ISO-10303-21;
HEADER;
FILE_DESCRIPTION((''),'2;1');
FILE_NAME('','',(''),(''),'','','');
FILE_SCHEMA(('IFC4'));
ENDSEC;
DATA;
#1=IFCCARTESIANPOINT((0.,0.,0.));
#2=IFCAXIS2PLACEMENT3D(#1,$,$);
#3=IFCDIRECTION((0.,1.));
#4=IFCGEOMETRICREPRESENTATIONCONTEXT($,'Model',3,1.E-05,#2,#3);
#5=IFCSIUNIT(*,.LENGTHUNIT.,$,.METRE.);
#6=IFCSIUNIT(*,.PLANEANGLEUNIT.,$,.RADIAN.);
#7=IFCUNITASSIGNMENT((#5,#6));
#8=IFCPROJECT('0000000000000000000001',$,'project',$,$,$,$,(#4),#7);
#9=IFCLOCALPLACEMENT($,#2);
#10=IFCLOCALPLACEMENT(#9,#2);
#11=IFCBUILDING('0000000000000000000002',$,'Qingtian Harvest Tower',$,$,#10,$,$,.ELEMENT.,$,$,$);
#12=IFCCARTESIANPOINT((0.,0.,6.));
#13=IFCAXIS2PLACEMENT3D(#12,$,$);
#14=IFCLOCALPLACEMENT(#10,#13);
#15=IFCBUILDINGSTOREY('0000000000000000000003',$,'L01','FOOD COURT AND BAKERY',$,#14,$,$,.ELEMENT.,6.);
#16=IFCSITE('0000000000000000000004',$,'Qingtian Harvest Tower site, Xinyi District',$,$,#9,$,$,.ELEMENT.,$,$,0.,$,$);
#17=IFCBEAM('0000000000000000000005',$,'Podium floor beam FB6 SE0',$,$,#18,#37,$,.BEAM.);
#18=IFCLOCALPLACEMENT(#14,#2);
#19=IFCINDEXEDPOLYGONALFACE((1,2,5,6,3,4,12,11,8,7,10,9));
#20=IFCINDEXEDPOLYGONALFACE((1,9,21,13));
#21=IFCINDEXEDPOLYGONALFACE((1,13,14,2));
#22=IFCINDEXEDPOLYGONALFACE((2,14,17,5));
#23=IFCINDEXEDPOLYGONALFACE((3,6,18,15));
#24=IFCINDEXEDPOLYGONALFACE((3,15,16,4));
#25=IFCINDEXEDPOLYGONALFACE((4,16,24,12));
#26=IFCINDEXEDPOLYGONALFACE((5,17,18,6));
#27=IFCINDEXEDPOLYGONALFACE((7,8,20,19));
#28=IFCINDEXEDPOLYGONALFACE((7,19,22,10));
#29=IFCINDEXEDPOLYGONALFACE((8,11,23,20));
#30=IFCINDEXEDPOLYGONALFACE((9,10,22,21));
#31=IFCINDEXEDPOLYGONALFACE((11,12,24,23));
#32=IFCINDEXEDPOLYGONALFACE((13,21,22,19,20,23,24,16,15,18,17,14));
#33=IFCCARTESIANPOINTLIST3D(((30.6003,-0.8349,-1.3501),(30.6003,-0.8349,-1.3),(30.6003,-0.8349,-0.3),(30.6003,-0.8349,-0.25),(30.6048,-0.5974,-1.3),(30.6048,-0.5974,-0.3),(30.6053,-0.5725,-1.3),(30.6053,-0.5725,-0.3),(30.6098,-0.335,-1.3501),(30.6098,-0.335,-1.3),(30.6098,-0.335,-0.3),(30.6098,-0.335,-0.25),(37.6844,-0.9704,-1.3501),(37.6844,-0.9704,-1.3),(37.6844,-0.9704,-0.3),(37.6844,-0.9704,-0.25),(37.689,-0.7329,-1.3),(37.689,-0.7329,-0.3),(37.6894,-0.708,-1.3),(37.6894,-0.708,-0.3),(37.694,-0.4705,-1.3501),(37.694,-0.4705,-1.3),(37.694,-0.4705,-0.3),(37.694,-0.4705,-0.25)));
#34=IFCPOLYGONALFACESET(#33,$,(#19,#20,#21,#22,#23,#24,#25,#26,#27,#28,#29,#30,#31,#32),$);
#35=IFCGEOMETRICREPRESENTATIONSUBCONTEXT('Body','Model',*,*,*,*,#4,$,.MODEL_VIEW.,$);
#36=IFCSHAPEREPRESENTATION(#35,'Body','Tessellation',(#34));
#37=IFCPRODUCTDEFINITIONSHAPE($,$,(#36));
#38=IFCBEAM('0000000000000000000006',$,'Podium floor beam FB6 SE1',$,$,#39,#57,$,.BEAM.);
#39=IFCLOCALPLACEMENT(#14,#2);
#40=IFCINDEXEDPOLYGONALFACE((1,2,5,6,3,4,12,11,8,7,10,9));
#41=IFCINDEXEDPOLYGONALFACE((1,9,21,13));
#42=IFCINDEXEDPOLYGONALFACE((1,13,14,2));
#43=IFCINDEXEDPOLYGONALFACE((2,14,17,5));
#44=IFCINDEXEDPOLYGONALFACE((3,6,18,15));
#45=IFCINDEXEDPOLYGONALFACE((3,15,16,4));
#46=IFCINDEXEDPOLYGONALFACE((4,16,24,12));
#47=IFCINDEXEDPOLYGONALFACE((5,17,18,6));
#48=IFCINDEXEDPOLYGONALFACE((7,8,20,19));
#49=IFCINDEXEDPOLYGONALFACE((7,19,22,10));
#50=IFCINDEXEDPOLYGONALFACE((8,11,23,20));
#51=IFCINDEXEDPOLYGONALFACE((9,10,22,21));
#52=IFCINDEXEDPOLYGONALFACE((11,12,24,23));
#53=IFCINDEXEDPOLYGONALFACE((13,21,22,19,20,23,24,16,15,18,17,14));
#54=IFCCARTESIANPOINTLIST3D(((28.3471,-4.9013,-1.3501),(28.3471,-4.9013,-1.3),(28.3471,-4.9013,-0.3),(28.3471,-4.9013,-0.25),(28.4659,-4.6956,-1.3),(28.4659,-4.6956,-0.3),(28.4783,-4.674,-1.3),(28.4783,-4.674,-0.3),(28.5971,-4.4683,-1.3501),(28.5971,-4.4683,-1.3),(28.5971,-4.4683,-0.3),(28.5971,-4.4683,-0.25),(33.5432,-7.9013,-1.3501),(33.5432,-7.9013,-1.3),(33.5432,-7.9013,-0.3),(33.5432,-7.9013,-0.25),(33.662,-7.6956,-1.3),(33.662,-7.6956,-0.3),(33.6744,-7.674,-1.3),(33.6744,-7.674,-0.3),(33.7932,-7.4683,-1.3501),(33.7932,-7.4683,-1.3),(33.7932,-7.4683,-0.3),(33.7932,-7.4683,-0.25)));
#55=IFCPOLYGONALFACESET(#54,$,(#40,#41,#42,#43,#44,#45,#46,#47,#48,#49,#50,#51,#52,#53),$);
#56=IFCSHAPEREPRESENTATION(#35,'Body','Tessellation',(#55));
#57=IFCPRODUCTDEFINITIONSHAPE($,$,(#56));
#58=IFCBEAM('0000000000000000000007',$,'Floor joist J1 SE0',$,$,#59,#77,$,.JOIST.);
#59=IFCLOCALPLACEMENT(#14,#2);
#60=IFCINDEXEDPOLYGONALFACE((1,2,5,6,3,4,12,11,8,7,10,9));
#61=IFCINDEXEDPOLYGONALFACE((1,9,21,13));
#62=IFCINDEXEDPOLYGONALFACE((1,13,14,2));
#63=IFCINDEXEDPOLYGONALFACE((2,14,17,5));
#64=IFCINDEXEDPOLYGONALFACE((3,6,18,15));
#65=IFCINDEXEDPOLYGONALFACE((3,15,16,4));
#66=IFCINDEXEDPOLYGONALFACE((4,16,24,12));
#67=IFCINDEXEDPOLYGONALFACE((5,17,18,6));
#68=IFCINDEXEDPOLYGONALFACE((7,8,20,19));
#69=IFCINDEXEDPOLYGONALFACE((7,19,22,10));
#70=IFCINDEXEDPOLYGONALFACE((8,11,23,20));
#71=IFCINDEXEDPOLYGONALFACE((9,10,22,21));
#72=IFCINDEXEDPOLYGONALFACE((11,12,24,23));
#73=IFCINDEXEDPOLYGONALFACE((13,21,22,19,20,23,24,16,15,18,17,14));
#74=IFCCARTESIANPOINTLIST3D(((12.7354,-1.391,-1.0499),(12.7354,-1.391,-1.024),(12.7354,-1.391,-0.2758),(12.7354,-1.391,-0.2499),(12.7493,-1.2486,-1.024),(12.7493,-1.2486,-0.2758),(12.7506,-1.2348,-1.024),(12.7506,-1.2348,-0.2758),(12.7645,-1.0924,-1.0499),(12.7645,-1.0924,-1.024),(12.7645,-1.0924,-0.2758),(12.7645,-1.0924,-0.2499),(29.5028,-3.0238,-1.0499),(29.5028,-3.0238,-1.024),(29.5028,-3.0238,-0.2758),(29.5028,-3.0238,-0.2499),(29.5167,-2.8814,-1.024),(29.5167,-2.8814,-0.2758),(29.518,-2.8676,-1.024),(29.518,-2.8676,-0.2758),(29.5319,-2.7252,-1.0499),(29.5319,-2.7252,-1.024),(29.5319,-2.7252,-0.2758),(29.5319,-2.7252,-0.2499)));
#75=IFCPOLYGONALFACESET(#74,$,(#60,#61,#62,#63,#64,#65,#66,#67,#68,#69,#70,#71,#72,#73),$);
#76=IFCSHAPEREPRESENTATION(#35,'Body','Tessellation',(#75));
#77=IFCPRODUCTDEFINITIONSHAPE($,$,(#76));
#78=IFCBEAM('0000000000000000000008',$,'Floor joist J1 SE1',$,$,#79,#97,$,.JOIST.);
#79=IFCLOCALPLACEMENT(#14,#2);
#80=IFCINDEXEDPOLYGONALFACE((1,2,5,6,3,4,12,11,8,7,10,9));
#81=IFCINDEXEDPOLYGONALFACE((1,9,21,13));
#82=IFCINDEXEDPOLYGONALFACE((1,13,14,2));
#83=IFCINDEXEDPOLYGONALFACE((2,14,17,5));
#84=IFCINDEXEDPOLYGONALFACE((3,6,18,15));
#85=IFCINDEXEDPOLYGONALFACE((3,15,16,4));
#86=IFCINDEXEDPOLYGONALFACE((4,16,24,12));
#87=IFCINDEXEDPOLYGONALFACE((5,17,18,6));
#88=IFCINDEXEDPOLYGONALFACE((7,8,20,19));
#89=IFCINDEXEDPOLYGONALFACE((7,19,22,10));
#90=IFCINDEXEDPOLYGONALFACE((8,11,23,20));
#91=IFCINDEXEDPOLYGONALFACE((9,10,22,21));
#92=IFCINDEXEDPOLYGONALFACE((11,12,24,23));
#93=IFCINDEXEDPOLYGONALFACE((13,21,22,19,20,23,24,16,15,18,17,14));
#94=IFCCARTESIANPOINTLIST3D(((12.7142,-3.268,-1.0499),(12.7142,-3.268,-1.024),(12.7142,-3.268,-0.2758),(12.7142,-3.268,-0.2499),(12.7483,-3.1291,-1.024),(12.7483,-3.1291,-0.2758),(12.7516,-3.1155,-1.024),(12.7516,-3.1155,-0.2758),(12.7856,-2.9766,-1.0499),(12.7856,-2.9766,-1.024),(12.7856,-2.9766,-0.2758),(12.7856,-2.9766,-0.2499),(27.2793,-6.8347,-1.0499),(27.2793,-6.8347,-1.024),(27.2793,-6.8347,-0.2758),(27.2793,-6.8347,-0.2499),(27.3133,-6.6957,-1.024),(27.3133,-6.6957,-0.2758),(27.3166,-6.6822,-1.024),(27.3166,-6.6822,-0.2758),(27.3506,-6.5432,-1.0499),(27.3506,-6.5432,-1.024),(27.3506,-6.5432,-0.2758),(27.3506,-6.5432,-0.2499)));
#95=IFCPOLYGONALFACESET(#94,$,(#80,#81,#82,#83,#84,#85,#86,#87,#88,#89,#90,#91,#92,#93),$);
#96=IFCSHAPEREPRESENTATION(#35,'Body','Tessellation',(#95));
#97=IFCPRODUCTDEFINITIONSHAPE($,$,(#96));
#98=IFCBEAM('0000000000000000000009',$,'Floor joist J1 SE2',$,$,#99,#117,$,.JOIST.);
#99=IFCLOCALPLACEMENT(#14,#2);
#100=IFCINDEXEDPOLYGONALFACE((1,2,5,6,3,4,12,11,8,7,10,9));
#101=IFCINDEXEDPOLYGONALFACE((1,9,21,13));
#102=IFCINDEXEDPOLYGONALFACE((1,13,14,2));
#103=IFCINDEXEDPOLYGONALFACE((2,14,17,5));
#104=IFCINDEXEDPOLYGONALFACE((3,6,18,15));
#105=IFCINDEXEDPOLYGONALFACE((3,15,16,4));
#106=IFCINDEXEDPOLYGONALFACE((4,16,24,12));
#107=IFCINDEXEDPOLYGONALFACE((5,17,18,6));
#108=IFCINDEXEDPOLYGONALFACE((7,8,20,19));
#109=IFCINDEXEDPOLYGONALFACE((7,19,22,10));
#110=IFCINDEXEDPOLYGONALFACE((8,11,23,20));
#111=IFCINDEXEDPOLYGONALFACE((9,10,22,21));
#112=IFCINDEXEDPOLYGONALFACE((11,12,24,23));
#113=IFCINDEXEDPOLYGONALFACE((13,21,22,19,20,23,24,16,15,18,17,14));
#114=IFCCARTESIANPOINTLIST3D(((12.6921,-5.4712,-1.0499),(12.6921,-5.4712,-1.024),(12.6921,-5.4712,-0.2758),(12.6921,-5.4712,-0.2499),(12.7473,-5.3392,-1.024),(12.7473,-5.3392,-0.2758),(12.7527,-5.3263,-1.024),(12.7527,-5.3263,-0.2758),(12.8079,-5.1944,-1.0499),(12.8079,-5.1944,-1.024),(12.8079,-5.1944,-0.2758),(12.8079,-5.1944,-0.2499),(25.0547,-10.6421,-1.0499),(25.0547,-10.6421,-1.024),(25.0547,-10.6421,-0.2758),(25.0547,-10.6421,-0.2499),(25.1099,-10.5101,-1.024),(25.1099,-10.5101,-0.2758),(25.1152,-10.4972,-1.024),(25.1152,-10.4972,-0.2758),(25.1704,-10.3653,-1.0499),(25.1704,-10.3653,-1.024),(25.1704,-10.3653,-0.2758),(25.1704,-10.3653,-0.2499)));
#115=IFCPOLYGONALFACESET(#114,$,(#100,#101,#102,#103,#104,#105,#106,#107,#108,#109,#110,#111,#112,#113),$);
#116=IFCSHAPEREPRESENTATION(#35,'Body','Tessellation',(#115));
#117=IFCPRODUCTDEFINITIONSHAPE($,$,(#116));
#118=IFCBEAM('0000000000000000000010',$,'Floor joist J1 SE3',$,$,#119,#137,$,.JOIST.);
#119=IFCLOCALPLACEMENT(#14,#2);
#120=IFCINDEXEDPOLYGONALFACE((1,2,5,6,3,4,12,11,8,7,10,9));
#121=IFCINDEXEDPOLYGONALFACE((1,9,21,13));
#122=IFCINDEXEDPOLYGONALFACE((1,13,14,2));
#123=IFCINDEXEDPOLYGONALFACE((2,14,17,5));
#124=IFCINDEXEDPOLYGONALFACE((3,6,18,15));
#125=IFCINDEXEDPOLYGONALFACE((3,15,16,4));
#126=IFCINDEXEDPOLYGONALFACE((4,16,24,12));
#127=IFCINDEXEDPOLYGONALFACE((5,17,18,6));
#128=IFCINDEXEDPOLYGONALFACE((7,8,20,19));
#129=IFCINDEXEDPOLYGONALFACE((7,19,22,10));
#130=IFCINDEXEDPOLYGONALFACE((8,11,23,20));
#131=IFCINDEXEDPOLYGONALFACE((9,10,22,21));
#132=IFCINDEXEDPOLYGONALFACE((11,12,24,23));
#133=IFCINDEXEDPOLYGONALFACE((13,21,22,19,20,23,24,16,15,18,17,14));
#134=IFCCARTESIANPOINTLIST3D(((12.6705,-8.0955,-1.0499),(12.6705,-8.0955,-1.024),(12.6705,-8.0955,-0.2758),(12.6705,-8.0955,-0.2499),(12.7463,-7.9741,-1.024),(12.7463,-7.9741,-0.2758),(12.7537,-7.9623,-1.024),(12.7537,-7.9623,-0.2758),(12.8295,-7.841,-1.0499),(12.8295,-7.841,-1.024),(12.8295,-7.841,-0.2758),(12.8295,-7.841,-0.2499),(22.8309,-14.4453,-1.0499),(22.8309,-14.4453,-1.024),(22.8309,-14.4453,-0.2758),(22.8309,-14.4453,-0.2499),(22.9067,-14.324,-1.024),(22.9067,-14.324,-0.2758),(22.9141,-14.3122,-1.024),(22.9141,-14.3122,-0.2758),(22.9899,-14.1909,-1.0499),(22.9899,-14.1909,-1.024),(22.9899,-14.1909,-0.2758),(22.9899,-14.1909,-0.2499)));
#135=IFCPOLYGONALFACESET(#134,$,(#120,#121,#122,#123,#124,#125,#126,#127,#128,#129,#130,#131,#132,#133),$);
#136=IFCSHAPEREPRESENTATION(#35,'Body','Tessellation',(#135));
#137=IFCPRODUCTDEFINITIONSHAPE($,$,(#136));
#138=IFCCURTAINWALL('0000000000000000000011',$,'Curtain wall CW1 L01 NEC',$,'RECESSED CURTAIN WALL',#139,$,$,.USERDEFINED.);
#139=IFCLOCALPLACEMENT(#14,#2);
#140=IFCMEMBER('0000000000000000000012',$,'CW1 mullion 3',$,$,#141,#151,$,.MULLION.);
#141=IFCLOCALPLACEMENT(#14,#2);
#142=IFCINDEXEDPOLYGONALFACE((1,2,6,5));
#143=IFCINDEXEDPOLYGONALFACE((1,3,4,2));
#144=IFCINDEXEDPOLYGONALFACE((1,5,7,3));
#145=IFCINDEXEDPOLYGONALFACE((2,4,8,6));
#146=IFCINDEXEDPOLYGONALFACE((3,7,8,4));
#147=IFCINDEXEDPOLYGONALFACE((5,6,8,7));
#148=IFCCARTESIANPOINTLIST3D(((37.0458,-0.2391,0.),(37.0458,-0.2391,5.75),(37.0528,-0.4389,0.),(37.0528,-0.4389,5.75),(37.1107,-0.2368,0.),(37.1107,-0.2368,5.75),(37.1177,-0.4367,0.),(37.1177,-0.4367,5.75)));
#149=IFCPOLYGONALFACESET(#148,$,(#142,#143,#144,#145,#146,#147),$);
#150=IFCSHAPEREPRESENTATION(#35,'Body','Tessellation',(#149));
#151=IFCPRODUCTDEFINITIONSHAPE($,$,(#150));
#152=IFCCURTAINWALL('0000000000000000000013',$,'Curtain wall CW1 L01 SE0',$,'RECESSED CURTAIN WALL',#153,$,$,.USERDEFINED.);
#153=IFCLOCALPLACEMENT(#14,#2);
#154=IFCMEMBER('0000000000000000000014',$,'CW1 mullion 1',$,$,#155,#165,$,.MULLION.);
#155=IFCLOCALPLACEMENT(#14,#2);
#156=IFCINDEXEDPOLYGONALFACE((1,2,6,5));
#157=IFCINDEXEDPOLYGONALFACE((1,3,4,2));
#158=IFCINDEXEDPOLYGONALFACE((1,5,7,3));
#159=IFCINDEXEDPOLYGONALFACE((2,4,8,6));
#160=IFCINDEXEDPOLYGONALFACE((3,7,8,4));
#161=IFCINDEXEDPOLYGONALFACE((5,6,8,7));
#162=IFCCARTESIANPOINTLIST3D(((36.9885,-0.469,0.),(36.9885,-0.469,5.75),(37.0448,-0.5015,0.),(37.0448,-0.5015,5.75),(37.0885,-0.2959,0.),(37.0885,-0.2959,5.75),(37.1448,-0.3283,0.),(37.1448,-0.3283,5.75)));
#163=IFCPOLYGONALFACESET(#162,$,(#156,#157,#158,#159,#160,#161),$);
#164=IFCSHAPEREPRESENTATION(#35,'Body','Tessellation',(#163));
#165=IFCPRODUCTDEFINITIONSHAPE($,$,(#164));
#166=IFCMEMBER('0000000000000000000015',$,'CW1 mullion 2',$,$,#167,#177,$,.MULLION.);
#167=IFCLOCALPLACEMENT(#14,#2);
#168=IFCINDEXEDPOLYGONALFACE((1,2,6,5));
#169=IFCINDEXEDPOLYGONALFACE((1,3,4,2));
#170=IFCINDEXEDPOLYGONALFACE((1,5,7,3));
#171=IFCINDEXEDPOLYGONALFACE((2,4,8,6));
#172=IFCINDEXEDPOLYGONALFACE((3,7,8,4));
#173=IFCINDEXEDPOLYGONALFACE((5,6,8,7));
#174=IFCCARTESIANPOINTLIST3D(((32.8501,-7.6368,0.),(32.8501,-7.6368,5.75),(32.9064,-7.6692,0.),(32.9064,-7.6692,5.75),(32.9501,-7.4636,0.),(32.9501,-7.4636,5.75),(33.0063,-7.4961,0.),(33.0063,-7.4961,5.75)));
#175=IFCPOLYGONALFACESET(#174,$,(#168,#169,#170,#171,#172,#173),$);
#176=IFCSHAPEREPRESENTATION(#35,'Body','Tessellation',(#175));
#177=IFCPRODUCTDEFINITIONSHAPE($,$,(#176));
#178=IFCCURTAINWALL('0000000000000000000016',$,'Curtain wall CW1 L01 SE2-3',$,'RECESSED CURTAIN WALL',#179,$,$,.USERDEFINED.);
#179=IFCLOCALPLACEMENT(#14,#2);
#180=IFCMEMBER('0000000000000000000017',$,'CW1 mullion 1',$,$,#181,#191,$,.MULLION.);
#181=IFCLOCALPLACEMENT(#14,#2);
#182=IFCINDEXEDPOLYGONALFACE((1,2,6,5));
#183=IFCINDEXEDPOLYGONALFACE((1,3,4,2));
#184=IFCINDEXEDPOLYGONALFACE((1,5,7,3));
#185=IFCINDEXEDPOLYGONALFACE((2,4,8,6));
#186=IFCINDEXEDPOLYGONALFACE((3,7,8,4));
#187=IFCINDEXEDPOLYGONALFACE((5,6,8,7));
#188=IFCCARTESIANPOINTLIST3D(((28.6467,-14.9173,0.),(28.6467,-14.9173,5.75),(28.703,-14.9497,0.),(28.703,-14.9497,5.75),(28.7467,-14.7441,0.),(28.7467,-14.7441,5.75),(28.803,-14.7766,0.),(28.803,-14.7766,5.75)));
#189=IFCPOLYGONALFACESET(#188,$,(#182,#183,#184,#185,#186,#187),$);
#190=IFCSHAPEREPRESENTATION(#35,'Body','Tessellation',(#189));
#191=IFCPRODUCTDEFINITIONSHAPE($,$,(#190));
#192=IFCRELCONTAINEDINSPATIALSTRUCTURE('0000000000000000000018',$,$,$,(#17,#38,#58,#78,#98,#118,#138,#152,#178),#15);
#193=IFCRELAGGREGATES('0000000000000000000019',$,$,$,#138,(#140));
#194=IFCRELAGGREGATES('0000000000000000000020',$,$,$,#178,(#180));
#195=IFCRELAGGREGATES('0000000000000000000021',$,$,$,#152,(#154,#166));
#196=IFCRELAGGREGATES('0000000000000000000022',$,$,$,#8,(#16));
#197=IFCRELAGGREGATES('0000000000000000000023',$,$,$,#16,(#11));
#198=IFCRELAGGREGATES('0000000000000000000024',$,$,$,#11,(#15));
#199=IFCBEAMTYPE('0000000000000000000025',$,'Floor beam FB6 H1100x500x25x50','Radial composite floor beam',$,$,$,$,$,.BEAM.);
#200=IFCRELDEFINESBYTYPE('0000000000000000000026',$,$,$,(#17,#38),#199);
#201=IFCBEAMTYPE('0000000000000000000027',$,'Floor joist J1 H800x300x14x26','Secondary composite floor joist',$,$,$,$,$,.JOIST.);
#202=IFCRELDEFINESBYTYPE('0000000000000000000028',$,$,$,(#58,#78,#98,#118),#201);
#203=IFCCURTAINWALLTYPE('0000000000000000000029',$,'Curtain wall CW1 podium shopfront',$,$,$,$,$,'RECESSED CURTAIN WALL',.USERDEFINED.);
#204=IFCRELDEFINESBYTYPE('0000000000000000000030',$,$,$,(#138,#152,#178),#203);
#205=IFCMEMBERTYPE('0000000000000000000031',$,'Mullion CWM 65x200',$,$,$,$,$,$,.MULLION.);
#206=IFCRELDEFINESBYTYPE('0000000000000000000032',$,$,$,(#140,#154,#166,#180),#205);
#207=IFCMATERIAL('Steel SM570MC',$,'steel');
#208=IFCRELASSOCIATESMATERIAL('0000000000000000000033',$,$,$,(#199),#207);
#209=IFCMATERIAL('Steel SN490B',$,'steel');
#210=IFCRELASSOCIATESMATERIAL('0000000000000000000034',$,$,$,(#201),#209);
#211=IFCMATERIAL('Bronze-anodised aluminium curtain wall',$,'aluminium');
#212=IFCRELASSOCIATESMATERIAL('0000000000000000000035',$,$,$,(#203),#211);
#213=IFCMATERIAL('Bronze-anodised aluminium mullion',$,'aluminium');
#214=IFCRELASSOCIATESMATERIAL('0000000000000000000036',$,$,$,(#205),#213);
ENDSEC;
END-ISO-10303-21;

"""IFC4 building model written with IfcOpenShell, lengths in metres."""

from ifc_helpers import new_model, si_unit, direction, frame, origin, origin_2d, place, context, subcontext, project, spatial, rectangle, i_section, extrude, material, material_profile, profile_set, type_object, element, aggregate, save


model = new_model("IFC4")

# Units and contexts
model_context = context("Model", 3, precision=1e-05, world=origin(), true_north=direction((0.0, 1.0)))
body_context = subcontext(model_context, "Body", "Model", "MODEL_VIEW")
ifc_project = project(units=[si_unit("LENGTHUNIT", "METRE"), si_unit("PLANEANGLEUNIT", "RADIAN")], contexts=[model_context])

# Site, building, storey
site_placement = place(None, origin())
site = spatial("IfcSite", under=ifc_project, at=site_placement, Name="Qingtian Harvest Tower site, Xinyi District", CompositionType="ELEMENT", RefElevation=0.0)
building_placement = place(site_placement, origin())
building = spatial("IfcBuilding", under=site, at=building_placement, Name="Qingtian Harvest Tower", CompositionType="ELEMENT")
storey_placement = place(building_placement, frame((0.0, 0.0, 6.0)))
storey = spatial("IfcBuildingStorey", under=building, at=storey_placement, Name="L01", Description="FOOD COURT AND BAKERY", CompositionType="ELEMENT", Elevation=6.0)

# Beams
ifc_material_1 = material(Name="Steel SM570MC", Category="steel")
ifc_material_profile_1 = material_profile(ifc_material_1, i_section(OverallWidth=0.5, OverallDepth=1.1001, WebThickness=0.0249, FlangeThickness=0.05, at=origin_2d()), Name="H1100x500x25x50")
ifc_profile_set_1 = profile_set([ifc_material_profile_1], Name="Steel SM570MC")
beam_type_1 = type_object("IfcBeamType", Name="Floor beam FB6 H1100x500x25x50", Description="Radial composite floor beam", PredefinedType="BEAM", material=ifc_profile_set_1)
beam_1_placement = place(storey_placement, frame((37.6892, -0.7205, -0.8), z_axis=(-0.999817, 0.019123, 0.0), x_axis=(-0.019123, -0.999817, 0.0)))
element("IfcBeam", 1, at=beam_1_placement, inside=storey, type_object=beam_type_1, Name="Podium floor beam FB6 SE0", PredefinedType="BEAM", context=body_context, shape_type="SweptSolid", body=[
    extrude(i_section(OverallWidth=0.5, OverallDepth=1.1001, WebThickness=0.0249, FlangeThickness=0.05, at=origin_2d()), origin(), (0.0, 0.0, 1.0), 7.0854),
])
beam_2_placement = place(storey_placement, frame((33.6682, -7.6848, -0.8), z_axis=(-0.866021, 0.500008, 0.0), x_axis=(-0.500008, -0.866021, 0.0)))
element("IfcBeam", 2, at=beam_2_placement, inside=storey, type_object=beam_type_1, Name="Podium floor beam FB6 SE1", PredefinedType="BEAM", context=body_context, shape_type="SweptSolid", body=[
    extrude(i_section(OverallWidth=0.5, OverallDepth=1.1001, WebThickness=0.0249, FlangeThickness=0.05, at=origin_2d()), origin(), (0.0, 0.0, 1.0), 6.0),
])
ifc_material_2 = material(Name="Steel SN490B", Category="steel")
ifc_material_profile_2 = material_profile(ifc_material_2, i_section(OverallWidth=0.3, OverallDepth=0.8, WebThickness=0.0139, FlangeThickness=0.0259, at=origin_2d()), Name="H800x300x14x26")
ifc_profile_set_2 = profile_set([ifc_material_profile_2], Name="Steel SN490B")
beam_type_2 = type_object("IfcBeamType", Name="Floor joist J1 H800x300x14x26", Description="Secondary composite floor joist", PredefinedType="JOIST", material=ifc_profile_set_2)
beam_3_placement = place(storey_placement, frame((29.5173, -2.8745, -0.6499), z_axis=(-0.995292, 0.096922, 0.0), x_axis=(-0.096922, -0.995292, 0.0)))
element("IfcBeam", 3, at=beam_3_placement, inside=storey, type_object=beam_type_2, Name="Floor joist J1 SE0", PredefinedType="JOIST", context=body_context, shape_type="SweptSolid", body=[
    extrude(i_section(OverallWidth=0.3, OverallDepth=0.8, WebThickness=0.0139, FlangeThickness=0.0259, at=origin_2d()), origin(), (0.0, 0.0, 1.0), 16.8467),
])
beam_4_placement = place(storey_placement, frame((27.3149, -6.689, -0.6499), z_axis=(-0.971302, 0.237851, 0.0), x_axis=(-0.237851, -0.971302, 0.0)))
element("IfcBeam", 4, at=beam_4_placement, inside=storey, type_object=beam_type_2, Name="Floor joist J1 SE1", PredefinedType="JOIST", context=body_context, shape_type="SweptSolid", body=[
    extrude(i_section(OverallWidth=0.3, OverallDepth=0.8, WebThickness=0.0139, FlangeThickness=0.0259, at=origin_2d()), origin(), (0.0, 0.0, 1.0), 14.9954),
])
beam_5_placement = place(storey_placement, frame((25.1125, -10.5037, -0.6499), z_axis=(-0.922551, 0.385876, 0.0), x_axis=(-0.385876, -0.922551, 0.0)))
element("IfcBeam", 5, at=beam_5_placement, inside=storey, type_object=beam_type_2, Name="Floor joist J1 SE2", PredefinedType="JOIST", context=body_context, shape_type="SweptSolid", body=[
    extrude(i_section(OverallWidth=0.3, OverallDepth=0.8, WebThickness=0.0139, FlangeThickness=0.0259, at=origin_2d()), origin(), (0.0, 0.0, 1.0), 13.4004),
])
beam_6_placement = place(storey_placement, frame((22.9104, -14.3181, -0.6499), z_axis=(-0.848013, 0.529975, 0.0), x_axis=(-0.529975, -0.848013, 0.0)))
element("IfcBeam", 6, at=beam_6_placement, inside=storey, type_object=beam_type_2, Name="Floor joist J1 SE3", PredefinedType="JOIST", context=body_context, shape_type="SweptSolid", body=[
    extrude(i_section(OverallWidth=0.3, OverallDepth=0.8, WebThickness=0.0139, FlangeThickness=0.0259, at=origin_2d()), origin(), (0.0, 0.0, 1.0), 11.9814),
])

# Curtain wall, member
ifc_material_3 = material(Name="Bronze-anodised aluminium curtain wall", Category="aluminium")
curtain_wall_type = type_object("IfcCurtainWallType", Name="Curtain wall CW1 podium shopfront", ElementType="RECESSED CURTAIN WALL", PredefinedType="USERDEFINED", material=ifc_material_3)
curtain_wall_1_placement = place(storey_placement, origin())
curtain_wall_1 = element("IfcCurtainWall", 7, at=curtain_wall_1_placement, inside=storey, type_object=curtain_wall_type, Name="Curtain wall CW1 L01 NEC", ObjectType="RECESSED CURTAIN WALL", PredefinedType="USERDEFINED")
ifc_material_4 = material(Name="Bronze-anodised aluminium mullion", Category="aluminium")
ifc_material_profile_3 = material_profile(ifc_material_4, rectangle(XDim=0.0649, YDim=0.2, at=origin_2d()), Name="AL 65x200")
ifc_profile_set_3 = profile_set([ifc_material_profile_3], Name="Bronze-anodised aluminium mullion")
member_type_1 = type_object("IfcMemberType", Name="Mullion CWM 65x200", PredefinedType="MULLION", material=ifc_profile_set_3)
member_1_placement = place(storey_placement, frame((37.0818, -0.3379, 0.0), z_axis=(0.0, 0.0, 1.0), x_axis=(0.999391, 0.034899, 0.0)))
member_1 = element("IfcMember", 8, at=member_1_placement, type_object=member_type_1, Name="CW1 mullion 3", PredefinedType="MULLION", context=body_context, shape_type="SweptSolid", body=[
    extrude(rectangle(XDim=0.0649, YDim=0.2, at=origin_2d()), origin(), (0.0, 0.0, 1.0), 5.75),
])
aggregate(curtain_wall_1, [member_1])

# Curtain wall, members
curtain_wall_2_placement = place(storey_placement, origin())
curtain_wall_2 = element("IfcCurtainWall", 9, at=curtain_wall_2_placement, inside=storey, type_object=curtain_wall_type, Name="Curtain wall CW1 L01 SE0", ObjectType="RECESSED CURTAIN WALL", PredefinedType="USERDEFINED")
member_2_placement = place(storey_placement, frame((37.0667, -0.3987, 0.0), z_axis=(0.0, 0.0, 1.0), x_axis=(0.866025, -0.5, 0.0)))
member_2 = element("IfcMember", 10, at=member_2_placement, type_object=member_type_1, Name="CW1 mullion 1", PredefinedType="MULLION", context=body_context, shape_type="SweptSolid", body=[
    extrude(rectangle(XDim=0.0649, YDim=0.2, at=origin_2d()), origin(), (0.0, 0.0, 1.0), 5.75),
])
member_3_placement = place(storey_placement, frame((32.9282, -7.5664, 0.0), z_axis=(0.0, 0.0, 1.0), x_axis=(0.866025, -0.5, 0.0)))
member_3 = element("IfcMember", 11, at=member_3_placement, type_object=member_type_1, Name="CW1 mullion 2", PredefinedType="MULLION", context=body_context, shape_type="SweptSolid", body=[
    extrude(rectangle(XDim=0.0649, YDim=0.2, at=origin_2d()), origin(), (0.0, 0.0, 1.0), 5.75),
])

# Curtain wall, member
curtain_wall_3_placement = place(storey_placement, origin())
curtain_wall_3 = element("IfcCurtainWall", 12, at=curtain_wall_3_placement, inside=storey, type_object=curtain_wall_type, Name="Curtain wall CW1 L01 SE2-3", ObjectType="RECESSED CURTAIN WALL", PredefinedType="USERDEFINED")
member_4_placement = place(storey_placement, frame((28.7249, -14.8469, 0.0), z_axis=(0.0, 0.0, 1.0), x_axis=(0.866025, -0.5, 0.0)))
member_4 = element("IfcMember", 13, at=member_4_placement, type_object=member_type_1, Name="CW1 mullion 1", PredefinedType="MULLION", context=body_context, shape_type="SweptSolid", body=[
    extrude(rectangle(XDim=0.0649, YDim=0.2, at=origin_2d()), origin(), (0.0, 0.0, 1.0), 5.75),
])
aggregate(curtain_wall_3, [member_4])

aggregate(curtain_wall_2, [member_2, member_3])

save(model, "model.ifc")
